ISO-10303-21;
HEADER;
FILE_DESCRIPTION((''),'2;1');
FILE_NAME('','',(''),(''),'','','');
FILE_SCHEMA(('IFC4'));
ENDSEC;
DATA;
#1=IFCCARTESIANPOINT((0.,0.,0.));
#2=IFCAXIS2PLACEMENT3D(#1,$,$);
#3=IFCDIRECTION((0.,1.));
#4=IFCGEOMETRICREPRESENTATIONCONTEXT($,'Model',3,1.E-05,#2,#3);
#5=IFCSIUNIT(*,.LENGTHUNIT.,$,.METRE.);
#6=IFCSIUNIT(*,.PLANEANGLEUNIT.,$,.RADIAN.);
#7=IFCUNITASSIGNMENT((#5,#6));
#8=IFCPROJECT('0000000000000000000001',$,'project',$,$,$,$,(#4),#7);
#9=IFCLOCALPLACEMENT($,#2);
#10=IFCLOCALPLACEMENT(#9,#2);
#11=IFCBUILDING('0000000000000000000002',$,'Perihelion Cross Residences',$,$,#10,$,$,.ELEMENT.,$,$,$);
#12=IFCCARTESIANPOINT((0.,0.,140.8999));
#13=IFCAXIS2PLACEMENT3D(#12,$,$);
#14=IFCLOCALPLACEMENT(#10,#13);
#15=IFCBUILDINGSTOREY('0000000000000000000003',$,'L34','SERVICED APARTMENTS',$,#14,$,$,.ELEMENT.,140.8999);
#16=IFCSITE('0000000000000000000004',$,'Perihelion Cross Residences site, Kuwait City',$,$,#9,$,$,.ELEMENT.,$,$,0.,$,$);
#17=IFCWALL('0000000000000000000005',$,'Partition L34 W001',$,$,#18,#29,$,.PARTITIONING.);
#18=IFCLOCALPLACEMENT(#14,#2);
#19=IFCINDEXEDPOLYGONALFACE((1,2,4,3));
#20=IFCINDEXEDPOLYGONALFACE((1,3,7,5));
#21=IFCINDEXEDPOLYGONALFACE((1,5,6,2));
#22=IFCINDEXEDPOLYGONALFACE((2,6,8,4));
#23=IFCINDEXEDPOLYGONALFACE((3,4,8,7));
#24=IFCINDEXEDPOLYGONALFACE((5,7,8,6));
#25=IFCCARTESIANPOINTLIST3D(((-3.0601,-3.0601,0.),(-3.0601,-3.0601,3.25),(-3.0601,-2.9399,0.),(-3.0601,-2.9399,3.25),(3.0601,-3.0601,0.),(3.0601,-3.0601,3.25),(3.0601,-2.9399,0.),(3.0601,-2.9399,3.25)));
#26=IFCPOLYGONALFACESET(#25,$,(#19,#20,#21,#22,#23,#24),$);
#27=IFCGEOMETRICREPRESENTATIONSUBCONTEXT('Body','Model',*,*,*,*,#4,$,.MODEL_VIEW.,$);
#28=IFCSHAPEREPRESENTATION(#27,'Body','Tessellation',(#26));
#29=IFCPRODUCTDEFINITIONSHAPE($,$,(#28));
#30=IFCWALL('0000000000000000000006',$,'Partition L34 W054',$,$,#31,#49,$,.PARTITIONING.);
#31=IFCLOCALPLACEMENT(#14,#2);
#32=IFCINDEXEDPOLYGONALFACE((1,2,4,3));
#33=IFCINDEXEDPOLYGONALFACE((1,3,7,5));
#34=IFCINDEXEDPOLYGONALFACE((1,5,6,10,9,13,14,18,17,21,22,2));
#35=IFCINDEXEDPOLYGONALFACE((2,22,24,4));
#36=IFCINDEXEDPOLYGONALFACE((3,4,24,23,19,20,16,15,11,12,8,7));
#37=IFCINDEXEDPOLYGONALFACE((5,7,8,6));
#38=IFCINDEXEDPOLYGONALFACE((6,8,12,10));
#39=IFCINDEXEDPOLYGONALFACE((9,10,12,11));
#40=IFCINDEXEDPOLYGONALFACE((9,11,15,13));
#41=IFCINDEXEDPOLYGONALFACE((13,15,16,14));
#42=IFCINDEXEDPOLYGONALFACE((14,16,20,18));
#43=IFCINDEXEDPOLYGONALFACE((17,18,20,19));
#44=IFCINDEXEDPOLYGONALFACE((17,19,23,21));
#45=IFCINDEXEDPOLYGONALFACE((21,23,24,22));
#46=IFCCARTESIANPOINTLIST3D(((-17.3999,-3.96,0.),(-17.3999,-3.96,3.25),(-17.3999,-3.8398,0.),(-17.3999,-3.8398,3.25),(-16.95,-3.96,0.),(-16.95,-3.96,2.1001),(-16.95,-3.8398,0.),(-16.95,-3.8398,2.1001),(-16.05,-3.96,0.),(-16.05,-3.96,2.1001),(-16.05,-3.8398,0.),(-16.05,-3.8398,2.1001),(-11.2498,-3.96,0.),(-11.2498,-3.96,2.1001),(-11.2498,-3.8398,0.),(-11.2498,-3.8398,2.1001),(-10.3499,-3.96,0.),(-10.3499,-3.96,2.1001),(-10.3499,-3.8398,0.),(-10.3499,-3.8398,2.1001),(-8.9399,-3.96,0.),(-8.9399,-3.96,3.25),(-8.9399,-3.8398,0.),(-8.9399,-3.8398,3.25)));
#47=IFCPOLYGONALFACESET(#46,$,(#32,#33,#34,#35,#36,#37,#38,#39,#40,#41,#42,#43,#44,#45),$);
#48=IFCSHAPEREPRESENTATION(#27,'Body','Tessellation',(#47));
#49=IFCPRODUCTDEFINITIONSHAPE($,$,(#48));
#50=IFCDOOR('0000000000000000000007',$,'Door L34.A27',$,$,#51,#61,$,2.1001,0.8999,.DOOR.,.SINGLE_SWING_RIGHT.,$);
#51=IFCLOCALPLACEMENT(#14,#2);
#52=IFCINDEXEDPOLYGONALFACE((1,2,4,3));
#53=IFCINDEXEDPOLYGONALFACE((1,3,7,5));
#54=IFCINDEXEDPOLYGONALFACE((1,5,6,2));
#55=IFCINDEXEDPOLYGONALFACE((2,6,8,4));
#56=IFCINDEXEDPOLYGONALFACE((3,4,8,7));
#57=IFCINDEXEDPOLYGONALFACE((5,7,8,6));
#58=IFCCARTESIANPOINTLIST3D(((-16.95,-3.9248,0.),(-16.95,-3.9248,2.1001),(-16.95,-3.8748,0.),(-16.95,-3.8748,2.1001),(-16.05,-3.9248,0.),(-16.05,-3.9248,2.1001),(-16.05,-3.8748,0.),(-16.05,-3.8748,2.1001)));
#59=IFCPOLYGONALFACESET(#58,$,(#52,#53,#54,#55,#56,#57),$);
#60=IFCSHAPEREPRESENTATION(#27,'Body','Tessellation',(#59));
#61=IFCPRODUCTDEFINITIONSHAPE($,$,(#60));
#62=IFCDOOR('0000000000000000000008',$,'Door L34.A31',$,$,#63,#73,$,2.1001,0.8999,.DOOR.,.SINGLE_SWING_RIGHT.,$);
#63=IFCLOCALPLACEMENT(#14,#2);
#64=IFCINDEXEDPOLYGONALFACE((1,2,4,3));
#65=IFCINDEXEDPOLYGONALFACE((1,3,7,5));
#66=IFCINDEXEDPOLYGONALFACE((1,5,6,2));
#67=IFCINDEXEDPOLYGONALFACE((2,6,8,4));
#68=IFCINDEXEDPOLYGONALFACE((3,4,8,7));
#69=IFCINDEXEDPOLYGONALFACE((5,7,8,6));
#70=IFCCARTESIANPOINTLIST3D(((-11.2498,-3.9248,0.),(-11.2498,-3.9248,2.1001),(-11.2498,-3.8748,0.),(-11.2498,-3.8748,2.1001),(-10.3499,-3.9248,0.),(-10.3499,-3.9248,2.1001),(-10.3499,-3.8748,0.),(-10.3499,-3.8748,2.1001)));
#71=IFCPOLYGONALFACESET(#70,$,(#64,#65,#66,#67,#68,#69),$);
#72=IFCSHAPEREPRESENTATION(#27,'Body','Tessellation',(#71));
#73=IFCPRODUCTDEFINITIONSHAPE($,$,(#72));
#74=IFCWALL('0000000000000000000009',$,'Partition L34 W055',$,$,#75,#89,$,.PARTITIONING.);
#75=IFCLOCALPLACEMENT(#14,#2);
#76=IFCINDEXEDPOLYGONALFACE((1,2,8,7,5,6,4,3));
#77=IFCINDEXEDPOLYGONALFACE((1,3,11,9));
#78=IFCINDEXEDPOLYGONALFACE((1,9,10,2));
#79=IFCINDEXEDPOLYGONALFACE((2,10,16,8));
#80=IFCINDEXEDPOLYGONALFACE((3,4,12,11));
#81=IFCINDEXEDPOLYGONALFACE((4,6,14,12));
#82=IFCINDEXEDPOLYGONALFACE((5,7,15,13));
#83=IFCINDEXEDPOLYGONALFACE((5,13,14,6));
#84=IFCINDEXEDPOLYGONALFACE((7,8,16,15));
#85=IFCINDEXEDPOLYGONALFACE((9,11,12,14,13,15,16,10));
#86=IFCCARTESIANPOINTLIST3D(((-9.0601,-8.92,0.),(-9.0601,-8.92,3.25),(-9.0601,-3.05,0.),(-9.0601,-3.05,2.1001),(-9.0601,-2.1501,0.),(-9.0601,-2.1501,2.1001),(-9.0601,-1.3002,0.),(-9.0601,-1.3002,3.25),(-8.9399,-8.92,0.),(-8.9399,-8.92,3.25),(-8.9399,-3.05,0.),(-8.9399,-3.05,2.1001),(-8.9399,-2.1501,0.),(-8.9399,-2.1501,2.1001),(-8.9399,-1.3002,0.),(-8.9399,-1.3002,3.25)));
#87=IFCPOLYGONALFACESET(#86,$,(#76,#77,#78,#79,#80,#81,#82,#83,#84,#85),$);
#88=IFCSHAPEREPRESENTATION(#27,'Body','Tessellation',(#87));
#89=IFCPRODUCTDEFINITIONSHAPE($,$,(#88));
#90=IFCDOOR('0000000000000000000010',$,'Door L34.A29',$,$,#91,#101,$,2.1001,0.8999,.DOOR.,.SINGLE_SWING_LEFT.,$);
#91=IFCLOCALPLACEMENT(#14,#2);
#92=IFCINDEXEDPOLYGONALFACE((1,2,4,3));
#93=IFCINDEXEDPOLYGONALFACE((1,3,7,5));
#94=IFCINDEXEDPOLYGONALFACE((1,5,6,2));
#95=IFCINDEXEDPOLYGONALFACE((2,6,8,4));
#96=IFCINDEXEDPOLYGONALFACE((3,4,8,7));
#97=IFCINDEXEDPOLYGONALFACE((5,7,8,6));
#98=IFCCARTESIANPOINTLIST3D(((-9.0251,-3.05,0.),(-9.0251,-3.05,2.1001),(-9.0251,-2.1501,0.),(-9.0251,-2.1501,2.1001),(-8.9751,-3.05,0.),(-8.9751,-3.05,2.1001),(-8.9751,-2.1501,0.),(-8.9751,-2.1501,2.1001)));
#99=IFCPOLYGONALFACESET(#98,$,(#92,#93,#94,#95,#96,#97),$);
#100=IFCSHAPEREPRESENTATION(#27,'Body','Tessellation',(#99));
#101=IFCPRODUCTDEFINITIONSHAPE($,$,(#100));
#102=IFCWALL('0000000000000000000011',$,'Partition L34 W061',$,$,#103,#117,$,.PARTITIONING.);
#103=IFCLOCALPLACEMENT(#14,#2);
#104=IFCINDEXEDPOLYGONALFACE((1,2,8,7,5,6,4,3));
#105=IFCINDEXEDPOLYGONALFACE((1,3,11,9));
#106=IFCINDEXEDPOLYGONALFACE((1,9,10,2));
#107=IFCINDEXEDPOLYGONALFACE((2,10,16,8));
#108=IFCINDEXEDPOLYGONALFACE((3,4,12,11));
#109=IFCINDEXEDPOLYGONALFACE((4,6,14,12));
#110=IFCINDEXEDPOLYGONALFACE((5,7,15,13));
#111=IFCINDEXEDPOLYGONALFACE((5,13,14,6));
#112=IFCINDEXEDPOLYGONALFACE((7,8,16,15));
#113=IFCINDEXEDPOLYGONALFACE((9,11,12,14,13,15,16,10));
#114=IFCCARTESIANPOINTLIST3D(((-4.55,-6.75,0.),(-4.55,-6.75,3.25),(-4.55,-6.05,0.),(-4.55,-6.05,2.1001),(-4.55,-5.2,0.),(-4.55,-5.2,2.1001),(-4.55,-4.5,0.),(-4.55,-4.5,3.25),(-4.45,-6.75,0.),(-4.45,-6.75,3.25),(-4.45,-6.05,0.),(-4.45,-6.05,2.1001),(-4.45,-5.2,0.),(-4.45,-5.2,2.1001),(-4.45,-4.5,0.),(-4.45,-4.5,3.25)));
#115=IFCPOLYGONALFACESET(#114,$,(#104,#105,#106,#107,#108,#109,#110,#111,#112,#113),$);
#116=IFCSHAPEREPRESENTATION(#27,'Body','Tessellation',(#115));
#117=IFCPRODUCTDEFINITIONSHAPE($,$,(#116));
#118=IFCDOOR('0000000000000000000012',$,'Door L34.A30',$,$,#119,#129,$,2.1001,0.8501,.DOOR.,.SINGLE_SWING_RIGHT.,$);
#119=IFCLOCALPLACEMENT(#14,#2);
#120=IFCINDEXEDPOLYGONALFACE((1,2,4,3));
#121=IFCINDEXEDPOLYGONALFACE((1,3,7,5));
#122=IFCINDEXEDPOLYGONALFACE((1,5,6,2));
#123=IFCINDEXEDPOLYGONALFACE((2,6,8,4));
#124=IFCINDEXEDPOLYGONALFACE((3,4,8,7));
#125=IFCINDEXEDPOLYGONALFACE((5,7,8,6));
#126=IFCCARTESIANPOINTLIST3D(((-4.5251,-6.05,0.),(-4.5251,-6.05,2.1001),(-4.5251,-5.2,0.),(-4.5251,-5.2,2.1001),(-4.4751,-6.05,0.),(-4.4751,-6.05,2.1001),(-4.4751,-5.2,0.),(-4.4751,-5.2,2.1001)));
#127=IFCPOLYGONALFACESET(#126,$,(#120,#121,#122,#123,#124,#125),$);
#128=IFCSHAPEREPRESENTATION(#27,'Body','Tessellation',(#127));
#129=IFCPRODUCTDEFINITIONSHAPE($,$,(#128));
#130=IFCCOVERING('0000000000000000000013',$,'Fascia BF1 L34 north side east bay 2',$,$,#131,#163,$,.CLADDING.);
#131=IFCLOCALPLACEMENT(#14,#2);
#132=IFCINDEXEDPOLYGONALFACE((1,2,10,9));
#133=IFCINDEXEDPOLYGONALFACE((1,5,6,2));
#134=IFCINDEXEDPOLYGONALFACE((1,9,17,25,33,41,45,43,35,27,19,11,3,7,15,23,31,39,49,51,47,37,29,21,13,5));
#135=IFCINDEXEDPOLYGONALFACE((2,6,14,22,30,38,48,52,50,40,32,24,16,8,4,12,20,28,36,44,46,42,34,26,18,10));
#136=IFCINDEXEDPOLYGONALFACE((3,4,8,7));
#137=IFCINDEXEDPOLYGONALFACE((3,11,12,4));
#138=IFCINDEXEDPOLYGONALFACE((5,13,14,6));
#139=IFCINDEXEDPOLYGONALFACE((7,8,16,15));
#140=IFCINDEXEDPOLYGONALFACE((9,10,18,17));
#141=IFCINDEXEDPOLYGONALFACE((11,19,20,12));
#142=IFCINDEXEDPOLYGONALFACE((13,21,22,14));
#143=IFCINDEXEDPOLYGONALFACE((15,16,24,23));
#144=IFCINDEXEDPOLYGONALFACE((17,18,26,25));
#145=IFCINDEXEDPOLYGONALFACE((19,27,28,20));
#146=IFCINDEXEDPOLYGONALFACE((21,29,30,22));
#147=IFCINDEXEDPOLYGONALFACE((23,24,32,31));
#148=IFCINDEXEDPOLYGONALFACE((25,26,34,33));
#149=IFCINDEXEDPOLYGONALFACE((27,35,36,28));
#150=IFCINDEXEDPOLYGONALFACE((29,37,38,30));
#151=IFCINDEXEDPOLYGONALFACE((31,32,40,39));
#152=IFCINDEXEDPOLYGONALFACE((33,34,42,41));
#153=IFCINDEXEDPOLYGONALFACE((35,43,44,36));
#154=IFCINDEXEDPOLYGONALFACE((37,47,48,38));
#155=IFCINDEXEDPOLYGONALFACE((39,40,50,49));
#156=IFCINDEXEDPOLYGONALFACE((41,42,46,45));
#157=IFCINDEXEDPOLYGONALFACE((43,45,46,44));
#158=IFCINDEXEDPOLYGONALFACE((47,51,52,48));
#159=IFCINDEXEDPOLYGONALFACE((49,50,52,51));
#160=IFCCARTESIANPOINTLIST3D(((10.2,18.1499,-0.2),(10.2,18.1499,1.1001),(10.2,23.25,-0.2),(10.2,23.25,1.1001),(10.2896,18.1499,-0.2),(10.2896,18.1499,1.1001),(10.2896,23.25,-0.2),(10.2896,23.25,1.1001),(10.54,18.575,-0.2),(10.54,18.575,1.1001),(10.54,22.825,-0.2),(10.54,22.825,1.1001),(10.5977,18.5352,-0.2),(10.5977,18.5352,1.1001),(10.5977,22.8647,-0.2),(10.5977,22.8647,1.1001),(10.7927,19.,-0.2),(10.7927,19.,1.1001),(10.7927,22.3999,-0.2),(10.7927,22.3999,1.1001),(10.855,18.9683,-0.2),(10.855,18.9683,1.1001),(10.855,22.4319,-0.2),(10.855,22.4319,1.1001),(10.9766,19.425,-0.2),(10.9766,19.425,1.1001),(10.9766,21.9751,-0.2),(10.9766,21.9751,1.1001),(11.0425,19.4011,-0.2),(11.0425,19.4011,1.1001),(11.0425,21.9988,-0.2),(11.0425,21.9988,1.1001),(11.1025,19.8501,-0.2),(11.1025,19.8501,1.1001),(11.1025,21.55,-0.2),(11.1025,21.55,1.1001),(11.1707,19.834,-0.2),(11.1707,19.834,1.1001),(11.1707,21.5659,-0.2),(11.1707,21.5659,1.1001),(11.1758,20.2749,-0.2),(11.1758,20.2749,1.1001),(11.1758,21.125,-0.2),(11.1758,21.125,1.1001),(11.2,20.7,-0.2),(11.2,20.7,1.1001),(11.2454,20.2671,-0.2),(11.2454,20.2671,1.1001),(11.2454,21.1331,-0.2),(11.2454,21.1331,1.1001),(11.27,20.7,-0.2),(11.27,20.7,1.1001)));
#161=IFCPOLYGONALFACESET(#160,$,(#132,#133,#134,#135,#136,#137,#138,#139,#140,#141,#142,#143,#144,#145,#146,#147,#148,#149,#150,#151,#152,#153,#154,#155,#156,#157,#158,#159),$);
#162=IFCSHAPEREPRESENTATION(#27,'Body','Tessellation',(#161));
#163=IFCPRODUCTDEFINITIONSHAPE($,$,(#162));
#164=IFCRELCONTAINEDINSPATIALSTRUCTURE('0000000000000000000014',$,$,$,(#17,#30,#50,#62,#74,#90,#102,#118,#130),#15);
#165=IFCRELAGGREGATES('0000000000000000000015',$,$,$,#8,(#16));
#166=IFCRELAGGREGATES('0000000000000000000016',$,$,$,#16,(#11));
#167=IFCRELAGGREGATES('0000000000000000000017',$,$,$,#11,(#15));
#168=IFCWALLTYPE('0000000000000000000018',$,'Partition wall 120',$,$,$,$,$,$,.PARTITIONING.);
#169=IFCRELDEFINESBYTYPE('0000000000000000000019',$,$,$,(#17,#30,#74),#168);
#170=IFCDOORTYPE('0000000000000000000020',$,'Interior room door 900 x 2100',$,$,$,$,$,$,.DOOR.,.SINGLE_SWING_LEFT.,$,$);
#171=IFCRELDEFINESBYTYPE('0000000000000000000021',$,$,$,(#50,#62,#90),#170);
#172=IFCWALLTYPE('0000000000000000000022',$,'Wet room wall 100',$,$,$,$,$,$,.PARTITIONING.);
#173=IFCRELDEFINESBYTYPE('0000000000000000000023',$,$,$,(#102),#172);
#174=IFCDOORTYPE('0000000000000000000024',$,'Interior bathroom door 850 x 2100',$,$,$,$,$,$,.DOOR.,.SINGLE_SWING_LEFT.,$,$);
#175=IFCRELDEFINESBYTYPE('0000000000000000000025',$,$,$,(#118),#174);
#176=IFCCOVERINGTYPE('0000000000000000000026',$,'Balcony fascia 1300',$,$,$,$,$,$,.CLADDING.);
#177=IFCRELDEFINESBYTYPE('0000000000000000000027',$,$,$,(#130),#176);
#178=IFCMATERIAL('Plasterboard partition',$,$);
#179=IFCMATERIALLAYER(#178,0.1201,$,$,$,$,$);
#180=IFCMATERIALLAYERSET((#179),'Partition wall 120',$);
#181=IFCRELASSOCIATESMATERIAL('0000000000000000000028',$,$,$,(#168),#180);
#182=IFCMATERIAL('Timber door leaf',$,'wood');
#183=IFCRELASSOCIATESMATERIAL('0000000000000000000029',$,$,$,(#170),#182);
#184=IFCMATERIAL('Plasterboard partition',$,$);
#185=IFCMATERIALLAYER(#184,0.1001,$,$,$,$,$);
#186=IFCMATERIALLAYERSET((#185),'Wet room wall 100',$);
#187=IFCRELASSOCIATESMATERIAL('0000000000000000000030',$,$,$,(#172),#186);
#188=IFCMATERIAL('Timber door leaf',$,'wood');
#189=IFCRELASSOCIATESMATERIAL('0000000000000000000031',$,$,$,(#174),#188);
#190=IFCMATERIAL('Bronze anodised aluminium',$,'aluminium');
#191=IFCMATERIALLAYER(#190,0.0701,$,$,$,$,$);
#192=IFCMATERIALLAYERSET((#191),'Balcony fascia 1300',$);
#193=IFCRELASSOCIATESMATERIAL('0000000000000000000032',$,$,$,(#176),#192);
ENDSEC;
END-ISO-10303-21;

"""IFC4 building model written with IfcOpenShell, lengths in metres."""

from ifc_helpers import new_model, si_unit, direction, frame, frame_2d, origin, place, context, subcontext, project, spatial, polyline, rectangle, outline, extrude, material, layer, layer_set, type_object, element, fill, save


model = new_model("IFC4")

# Units and contexts
model_context = context("Model", 3, precision=1e-05, world=origin(), true_north=direction((0.0, 1.0)))
body_context = subcontext(model_context, "Body", "Model", "MODEL_VIEW")
ifc_project = project(units=[si_unit("LENGTHUNIT", "METRE"), si_unit("PLANEANGLEUNIT", "RADIAN")], contexts=[model_context])

# Site, building, storey
site_placement = place(None, origin())
site = spatial("IfcSite", under=ifc_project, at=site_placement, Name="Perihelion Cross Residences site, Kuwait City", CompositionType="ELEMENT", RefElevation=0.0)
building_placement = place(site_placement, origin())
building = spatial("IfcBuilding", under=site, at=building_placement, Name="Perihelion Cross Residences", CompositionType="ELEMENT")
storey_placement = place(building_placement, frame((0.0, 0.0, 140.8999)))
storey = spatial("IfcBuildingStorey", under=building, at=storey_placement, Name="L34", Description="SERVICED APARTMENTS", CompositionType="ELEMENT", Elevation=140.8999)

# Wall
ifc_material_1 = material(Name="Plasterboard partition")
ifc_layer_1 = layer(ifc_material_1, 0.1201)
ifc_layer_set_1 = layer_set([ifc_layer_1], Name="Partition wall 120")
wall_type_1 = type_object("IfcWallType", Name="Partition wall 120", PredefinedType="PARTITIONING", material=ifc_layer_set_1)
wall_1_placement = place(storey_placement, frame((-3.0601, -3.0, 0.0), z_axis=(0.0, 0.0, 1.0), x_axis=(1.0, 0.0, 0.0)))
element("IfcWall", 1, at=wall_1_placement, inside=storey, type_object=wall_type_1, Name="Partition L34 W001", PredefinedType="PARTITIONING", context=body_context, shape_type="SweptSolid", body=[
    extrude(rectangle(XDim=6.1201, YDim=0.1201, at=frame_2d((3.0601, 0.0))), origin(), (0.0, 0.0, 1.0), 3.25),
])

# Wall, openings, doors
wall_2_placement = place(storey_placement, frame((-8.9399, -3.8999, 0.0), z_axis=(0.0, 0.0, 1.0), x_axis=(-1.0, 0.0, 0.0)))
wall_2 = element("IfcWall", 2, at=wall_2_placement, inside=storey, type_object=wall_type_1, Name="Partition L34 W054", PredefinedType="PARTITIONING", context=body_context, shape_type="SweptSolid", body=[
    extrude(rectangle(XDim=8.46, YDim=0.1201, at=frame_2d((4.23, 0.0))), origin(), (0.0, 0.0, 1.0), 3.25),
])
opening_1_placement = place(wall_2_placement, frame((7.1101, 0.0, 0.0)))
opening_1 = element("IfcOpeningElement", 3, at=opening_1_placement, cuts=wall_2, PredefinedType="OPENING", context=body_context, shape_type="SweptSolid", body=[
    extrude(rectangle(XDim=0.8999, YDim=2.1001, at=frame_2d((0.45, 1.05))), frame((0.0, 0.0701, 0.0), z_axis=(0.0, -1.0, 0.0), x_axis=(1.0, 0.0, 0.0)), (0.0, 0.0, 1.0), 0.1401),
])
opening_2_placement = place(wall_2_placement, frame((1.4099, 0.0, 0.0)))
opening_2 = element("IfcOpeningElement", 4, at=opening_2_placement, cuts=wall_2, PredefinedType="OPENING", context=body_context, shape_type="SweptSolid", body=[
    extrude(rectangle(XDim=0.8999, YDim=2.1001, at=frame_2d((0.45, 1.05))), frame((0.0, 0.0701, 0.0), z_axis=(0.0, -1.0, 0.0), x_axis=(1.0, 0.0, 0.0)), (0.0, 0.0, 1.0), 0.1401),
])
ifc_material_2 = material(Name="Timber door leaf", Category="wood")
door_type_1 = type_object("IfcDoorType", Name="Interior room door 900 x 2100", OperationType="SINGLE_SWING_LEFT", PredefinedType="DOOR", material=ifc_material_2)
door_1_placement = place(opening_1_placement, origin())
door_1 = element("IfcDoor", 5, at=door_1_placement, inside=storey, type_object=door_type_1, Name="Door L34.A27", OperationType="SINGLE_SWING_RIGHT", OverallHeight=2.1001, OverallWidth=0.8999, PredefinedType="DOOR", context=body_context, shape_type="SweptSolid", body=[
    extrude(rectangle(XDim=0.8999, YDim=2.1001, at=frame_2d((0.45, 1.05))), frame((0.0, 0.0249, 0.0), z_axis=(0.0, -1.0, 0.0), x_axis=(1.0, 0.0, 0.0)), (0.0, 0.0, 1.0), 0.05),
])
fill(opening_1, door_1)
door_2_placement = place(opening_2_placement, origin())
door_2 = element("IfcDoor", 6, at=door_2_placement, inside=storey, type_object=door_type_1, Name="Door L34.A31", OperationType="SINGLE_SWING_RIGHT", OverallHeight=2.1001, OverallWidth=0.8999, PredefinedType="DOOR", context=body_context, shape_type="SweptSolid", body=[
    extrude(rectangle(XDim=0.8999, YDim=2.1001, at=frame_2d((0.45, 1.05))), frame((0.0, 0.0249, 0.0), z_axis=(0.0, -1.0, 0.0), x_axis=(1.0, 0.0, 0.0)), (0.0, 0.0, 1.0), 0.05),
])
fill(opening_2, door_2)

# Walls, openings, doors
wall_3_placement = place(storey_placement, frame((-9.0, -1.3, 0.0), z_axis=(0.0, 0.0, 1.0), x_axis=(0.0, -1.0, 0.0)))
wall_3 = element("IfcWall", 7, at=wall_3_placement, inside=storey, type_object=wall_type_1, Name="Partition L34 W055", PredefinedType="PARTITIONING", context=body_context, shape_type="SweptSolid", body=[
    extrude(rectangle(XDim=7.6199, YDim=0.1201, at=frame_2d((3.8101, 0.0))), origin(), (0.0, 0.0, 1.0), 3.25),
])
opening_3_placement = place(wall_3_placement, frame((0.8501, 0.0, 0.0)))
opening_3 = element("IfcOpeningElement", 8, at=opening_3_placement, cuts=wall_3, PredefinedType="OPENING", context=body_context, shape_type="SweptSolid", body=[
    extrude(rectangle(XDim=0.8999, YDim=2.1001, at=frame_2d((0.45, 1.05))), frame((0.0, 0.0701, 0.0), z_axis=(0.0, -1.0, 0.0), x_axis=(1.0, 0.0, 0.0)), (0.0, 0.0, 1.0), 0.1401),
])
door_3_placement = place(opening_3_placement, origin())
door_3 = element("IfcDoor", 9, at=door_3_placement, inside=storey, type_object=door_type_1, Name="Door L34.A29", OperationType="SINGLE_SWING_LEFT", OverallHeight=2.1001, OverallWidth=0.8999, PredefinedType="DOOR", context=body_context, shape_type="SweptSolid", body=[
    extrude(rectangle(XDim=0.8999, YDim=2.1001, at=frame_2d((0.45, 1.05))), frame((0.0, 0.0249, 0.0), z_axis=(0.0, -1.0, 0.0), x_axis=(1.0, 0.0, 0.0)), (0.0, 0.0, 1.0), 0.05),
])
fill(opening_3, door_3)
ifc_material_3 = material(Name="Plasterboard partition")
ifc_layer_2 = layer(ifc_material_3, 0.1001)
ifc_layer_set_2 = layer_set([ifc_layer_2], Name="Wet room wall 100")
wall_type_2 = type_object("IfcWallType", Name="Wet room wall 100", PredefinedType="PARTITIONING", material=ifc_layer_set_2)
wall_4_placement = place(storey_placement, frame((-4.5, -4.5, 0.0), z_axis=(0.0, 0.0, 1.0), x_axis=(0.0, -1.0, 0.0)))
wall_4 = element("IfcWall", 10, at=wall_4_placement, inside=storey, type_object=wall_type_2, Name="Partition L34 W061", PredefinedType="PARTITIONING", context=body_context, shape_type="SweptSolid", body=[
    extrude(rectangle(XDim=2.25, YDim=0.1001, at=frame_2d((1.125, 0.0))), origin(), (0.0, 0.0, 1.0), 3.25),
])
opening_4_placement = place(wall_4_placement, frame((0.7, 0.0, 0.0)))
opening_4 = element("IfcOpeningElement", 11, at=opening_4_placement, cuts=wall_4, PredefinedType="OPENING", context=body_context, shape_type="SweptSolid", body=[
    extrude(rectangle(XDim=0.8501, YDim=2.1001, at=frame_2d((0.425, 1.05))), frame((0.0, 0.0601, 0.0), z_axis=(0.0, -1.0, 0.0), x_axis=(1.0, 0.0, 0.0)), (0.0, 0.0, 1.0), 0.1201),
])
ifc_material_4 = material(Name="Timber door leaf", Category="wood")
door_type_2 = type_object("IfcDoorType", Name="Interior bathroom door 850 x 2100", OperationType="SINGLE_SWING_LEFT", PredefinedType="DOOR", material=ifc_material_4)
door_4_placement = place(opening_4_placement, origin())
door_4 = element("IfcDoor", 12, at=door_4_placement, inside=storey, type_object=door_type_2, Name="Door L34.A30", OperationType="SINGLE_SWING_RIGHT", OverallHeight=2.1001, OverallWidth=0.8501, PredefinedType="DOOR", context=body_context, shape_type="SweptSolid", body=[
    extrude(rectangle(XDim=0.8501, YDim=2.1001, at=frame_2d((0.425, 1.05))), frame((0.0, 0.0249, 0.0), z_axis=(0.0, -1.0, 0.0), x_axis=(1.0, 0.0, 0.0)), (0.0, 0.0, 1.0), 0.05),
])
fill(opening_4, door_4)

# Covering
ifc_material_5 = material(Name="Bronze anodised aluminium", Category="aluminium")
ifc_layer_3 = layer(ifc_material_5, 0.0701)
ifc_layer_set_3 = layer_set([ifc_layer_3], Name="Balcony fascia 1300")
covering_type = type_object("IfcCoveringType", Name="Balcony fascia 1300", PredefinedType="CLADDING", material=ifc_layer_set_3)
covering_1_placement = place(storey_placement, frame((0.0, 0.0, -0.2)))
element("IfcCovering", 13, at=covering_1_placement, inside=storey, type_object=covering_type, Name="Fascia BF1 L34 north side east bay 2", PredefinedType="CLADDING", context=body_context, shape_type="SweptSolid", body=[
    extrude(outline(polyline([(10.5977, 18.5352), (10.855, 18.9683), (11.0425, 19.4011), (11.1707, 19.834), (11.2454, 20.2671), (11.27, 20.7), (11.2454, 21.1331), (11.1707, 21.5659), (11.0425, 21.9988), (10.855, 22.4319), (10.5977, 22.8647), (10.2896, 23.25), (10.2, 23.25), (10.54, 22.825), (10.7927, 22.3999), (10.9766, 21.9751), (11.1025, 21.55), (11.1758, 21.125), (11.2, 20.7), (11.1758, 20.2749), (11.1025, 19.8501), (10.9766, 19.425), (10.7927, 19.0), (10.54, 18.575), (10.2, 18.1499), (10.2896, 18.1499), (10.5977, 18.5352)])), origin(), (0.0, 0.0, 1.0), 1.3),
])

save(model, "model.ifc")
